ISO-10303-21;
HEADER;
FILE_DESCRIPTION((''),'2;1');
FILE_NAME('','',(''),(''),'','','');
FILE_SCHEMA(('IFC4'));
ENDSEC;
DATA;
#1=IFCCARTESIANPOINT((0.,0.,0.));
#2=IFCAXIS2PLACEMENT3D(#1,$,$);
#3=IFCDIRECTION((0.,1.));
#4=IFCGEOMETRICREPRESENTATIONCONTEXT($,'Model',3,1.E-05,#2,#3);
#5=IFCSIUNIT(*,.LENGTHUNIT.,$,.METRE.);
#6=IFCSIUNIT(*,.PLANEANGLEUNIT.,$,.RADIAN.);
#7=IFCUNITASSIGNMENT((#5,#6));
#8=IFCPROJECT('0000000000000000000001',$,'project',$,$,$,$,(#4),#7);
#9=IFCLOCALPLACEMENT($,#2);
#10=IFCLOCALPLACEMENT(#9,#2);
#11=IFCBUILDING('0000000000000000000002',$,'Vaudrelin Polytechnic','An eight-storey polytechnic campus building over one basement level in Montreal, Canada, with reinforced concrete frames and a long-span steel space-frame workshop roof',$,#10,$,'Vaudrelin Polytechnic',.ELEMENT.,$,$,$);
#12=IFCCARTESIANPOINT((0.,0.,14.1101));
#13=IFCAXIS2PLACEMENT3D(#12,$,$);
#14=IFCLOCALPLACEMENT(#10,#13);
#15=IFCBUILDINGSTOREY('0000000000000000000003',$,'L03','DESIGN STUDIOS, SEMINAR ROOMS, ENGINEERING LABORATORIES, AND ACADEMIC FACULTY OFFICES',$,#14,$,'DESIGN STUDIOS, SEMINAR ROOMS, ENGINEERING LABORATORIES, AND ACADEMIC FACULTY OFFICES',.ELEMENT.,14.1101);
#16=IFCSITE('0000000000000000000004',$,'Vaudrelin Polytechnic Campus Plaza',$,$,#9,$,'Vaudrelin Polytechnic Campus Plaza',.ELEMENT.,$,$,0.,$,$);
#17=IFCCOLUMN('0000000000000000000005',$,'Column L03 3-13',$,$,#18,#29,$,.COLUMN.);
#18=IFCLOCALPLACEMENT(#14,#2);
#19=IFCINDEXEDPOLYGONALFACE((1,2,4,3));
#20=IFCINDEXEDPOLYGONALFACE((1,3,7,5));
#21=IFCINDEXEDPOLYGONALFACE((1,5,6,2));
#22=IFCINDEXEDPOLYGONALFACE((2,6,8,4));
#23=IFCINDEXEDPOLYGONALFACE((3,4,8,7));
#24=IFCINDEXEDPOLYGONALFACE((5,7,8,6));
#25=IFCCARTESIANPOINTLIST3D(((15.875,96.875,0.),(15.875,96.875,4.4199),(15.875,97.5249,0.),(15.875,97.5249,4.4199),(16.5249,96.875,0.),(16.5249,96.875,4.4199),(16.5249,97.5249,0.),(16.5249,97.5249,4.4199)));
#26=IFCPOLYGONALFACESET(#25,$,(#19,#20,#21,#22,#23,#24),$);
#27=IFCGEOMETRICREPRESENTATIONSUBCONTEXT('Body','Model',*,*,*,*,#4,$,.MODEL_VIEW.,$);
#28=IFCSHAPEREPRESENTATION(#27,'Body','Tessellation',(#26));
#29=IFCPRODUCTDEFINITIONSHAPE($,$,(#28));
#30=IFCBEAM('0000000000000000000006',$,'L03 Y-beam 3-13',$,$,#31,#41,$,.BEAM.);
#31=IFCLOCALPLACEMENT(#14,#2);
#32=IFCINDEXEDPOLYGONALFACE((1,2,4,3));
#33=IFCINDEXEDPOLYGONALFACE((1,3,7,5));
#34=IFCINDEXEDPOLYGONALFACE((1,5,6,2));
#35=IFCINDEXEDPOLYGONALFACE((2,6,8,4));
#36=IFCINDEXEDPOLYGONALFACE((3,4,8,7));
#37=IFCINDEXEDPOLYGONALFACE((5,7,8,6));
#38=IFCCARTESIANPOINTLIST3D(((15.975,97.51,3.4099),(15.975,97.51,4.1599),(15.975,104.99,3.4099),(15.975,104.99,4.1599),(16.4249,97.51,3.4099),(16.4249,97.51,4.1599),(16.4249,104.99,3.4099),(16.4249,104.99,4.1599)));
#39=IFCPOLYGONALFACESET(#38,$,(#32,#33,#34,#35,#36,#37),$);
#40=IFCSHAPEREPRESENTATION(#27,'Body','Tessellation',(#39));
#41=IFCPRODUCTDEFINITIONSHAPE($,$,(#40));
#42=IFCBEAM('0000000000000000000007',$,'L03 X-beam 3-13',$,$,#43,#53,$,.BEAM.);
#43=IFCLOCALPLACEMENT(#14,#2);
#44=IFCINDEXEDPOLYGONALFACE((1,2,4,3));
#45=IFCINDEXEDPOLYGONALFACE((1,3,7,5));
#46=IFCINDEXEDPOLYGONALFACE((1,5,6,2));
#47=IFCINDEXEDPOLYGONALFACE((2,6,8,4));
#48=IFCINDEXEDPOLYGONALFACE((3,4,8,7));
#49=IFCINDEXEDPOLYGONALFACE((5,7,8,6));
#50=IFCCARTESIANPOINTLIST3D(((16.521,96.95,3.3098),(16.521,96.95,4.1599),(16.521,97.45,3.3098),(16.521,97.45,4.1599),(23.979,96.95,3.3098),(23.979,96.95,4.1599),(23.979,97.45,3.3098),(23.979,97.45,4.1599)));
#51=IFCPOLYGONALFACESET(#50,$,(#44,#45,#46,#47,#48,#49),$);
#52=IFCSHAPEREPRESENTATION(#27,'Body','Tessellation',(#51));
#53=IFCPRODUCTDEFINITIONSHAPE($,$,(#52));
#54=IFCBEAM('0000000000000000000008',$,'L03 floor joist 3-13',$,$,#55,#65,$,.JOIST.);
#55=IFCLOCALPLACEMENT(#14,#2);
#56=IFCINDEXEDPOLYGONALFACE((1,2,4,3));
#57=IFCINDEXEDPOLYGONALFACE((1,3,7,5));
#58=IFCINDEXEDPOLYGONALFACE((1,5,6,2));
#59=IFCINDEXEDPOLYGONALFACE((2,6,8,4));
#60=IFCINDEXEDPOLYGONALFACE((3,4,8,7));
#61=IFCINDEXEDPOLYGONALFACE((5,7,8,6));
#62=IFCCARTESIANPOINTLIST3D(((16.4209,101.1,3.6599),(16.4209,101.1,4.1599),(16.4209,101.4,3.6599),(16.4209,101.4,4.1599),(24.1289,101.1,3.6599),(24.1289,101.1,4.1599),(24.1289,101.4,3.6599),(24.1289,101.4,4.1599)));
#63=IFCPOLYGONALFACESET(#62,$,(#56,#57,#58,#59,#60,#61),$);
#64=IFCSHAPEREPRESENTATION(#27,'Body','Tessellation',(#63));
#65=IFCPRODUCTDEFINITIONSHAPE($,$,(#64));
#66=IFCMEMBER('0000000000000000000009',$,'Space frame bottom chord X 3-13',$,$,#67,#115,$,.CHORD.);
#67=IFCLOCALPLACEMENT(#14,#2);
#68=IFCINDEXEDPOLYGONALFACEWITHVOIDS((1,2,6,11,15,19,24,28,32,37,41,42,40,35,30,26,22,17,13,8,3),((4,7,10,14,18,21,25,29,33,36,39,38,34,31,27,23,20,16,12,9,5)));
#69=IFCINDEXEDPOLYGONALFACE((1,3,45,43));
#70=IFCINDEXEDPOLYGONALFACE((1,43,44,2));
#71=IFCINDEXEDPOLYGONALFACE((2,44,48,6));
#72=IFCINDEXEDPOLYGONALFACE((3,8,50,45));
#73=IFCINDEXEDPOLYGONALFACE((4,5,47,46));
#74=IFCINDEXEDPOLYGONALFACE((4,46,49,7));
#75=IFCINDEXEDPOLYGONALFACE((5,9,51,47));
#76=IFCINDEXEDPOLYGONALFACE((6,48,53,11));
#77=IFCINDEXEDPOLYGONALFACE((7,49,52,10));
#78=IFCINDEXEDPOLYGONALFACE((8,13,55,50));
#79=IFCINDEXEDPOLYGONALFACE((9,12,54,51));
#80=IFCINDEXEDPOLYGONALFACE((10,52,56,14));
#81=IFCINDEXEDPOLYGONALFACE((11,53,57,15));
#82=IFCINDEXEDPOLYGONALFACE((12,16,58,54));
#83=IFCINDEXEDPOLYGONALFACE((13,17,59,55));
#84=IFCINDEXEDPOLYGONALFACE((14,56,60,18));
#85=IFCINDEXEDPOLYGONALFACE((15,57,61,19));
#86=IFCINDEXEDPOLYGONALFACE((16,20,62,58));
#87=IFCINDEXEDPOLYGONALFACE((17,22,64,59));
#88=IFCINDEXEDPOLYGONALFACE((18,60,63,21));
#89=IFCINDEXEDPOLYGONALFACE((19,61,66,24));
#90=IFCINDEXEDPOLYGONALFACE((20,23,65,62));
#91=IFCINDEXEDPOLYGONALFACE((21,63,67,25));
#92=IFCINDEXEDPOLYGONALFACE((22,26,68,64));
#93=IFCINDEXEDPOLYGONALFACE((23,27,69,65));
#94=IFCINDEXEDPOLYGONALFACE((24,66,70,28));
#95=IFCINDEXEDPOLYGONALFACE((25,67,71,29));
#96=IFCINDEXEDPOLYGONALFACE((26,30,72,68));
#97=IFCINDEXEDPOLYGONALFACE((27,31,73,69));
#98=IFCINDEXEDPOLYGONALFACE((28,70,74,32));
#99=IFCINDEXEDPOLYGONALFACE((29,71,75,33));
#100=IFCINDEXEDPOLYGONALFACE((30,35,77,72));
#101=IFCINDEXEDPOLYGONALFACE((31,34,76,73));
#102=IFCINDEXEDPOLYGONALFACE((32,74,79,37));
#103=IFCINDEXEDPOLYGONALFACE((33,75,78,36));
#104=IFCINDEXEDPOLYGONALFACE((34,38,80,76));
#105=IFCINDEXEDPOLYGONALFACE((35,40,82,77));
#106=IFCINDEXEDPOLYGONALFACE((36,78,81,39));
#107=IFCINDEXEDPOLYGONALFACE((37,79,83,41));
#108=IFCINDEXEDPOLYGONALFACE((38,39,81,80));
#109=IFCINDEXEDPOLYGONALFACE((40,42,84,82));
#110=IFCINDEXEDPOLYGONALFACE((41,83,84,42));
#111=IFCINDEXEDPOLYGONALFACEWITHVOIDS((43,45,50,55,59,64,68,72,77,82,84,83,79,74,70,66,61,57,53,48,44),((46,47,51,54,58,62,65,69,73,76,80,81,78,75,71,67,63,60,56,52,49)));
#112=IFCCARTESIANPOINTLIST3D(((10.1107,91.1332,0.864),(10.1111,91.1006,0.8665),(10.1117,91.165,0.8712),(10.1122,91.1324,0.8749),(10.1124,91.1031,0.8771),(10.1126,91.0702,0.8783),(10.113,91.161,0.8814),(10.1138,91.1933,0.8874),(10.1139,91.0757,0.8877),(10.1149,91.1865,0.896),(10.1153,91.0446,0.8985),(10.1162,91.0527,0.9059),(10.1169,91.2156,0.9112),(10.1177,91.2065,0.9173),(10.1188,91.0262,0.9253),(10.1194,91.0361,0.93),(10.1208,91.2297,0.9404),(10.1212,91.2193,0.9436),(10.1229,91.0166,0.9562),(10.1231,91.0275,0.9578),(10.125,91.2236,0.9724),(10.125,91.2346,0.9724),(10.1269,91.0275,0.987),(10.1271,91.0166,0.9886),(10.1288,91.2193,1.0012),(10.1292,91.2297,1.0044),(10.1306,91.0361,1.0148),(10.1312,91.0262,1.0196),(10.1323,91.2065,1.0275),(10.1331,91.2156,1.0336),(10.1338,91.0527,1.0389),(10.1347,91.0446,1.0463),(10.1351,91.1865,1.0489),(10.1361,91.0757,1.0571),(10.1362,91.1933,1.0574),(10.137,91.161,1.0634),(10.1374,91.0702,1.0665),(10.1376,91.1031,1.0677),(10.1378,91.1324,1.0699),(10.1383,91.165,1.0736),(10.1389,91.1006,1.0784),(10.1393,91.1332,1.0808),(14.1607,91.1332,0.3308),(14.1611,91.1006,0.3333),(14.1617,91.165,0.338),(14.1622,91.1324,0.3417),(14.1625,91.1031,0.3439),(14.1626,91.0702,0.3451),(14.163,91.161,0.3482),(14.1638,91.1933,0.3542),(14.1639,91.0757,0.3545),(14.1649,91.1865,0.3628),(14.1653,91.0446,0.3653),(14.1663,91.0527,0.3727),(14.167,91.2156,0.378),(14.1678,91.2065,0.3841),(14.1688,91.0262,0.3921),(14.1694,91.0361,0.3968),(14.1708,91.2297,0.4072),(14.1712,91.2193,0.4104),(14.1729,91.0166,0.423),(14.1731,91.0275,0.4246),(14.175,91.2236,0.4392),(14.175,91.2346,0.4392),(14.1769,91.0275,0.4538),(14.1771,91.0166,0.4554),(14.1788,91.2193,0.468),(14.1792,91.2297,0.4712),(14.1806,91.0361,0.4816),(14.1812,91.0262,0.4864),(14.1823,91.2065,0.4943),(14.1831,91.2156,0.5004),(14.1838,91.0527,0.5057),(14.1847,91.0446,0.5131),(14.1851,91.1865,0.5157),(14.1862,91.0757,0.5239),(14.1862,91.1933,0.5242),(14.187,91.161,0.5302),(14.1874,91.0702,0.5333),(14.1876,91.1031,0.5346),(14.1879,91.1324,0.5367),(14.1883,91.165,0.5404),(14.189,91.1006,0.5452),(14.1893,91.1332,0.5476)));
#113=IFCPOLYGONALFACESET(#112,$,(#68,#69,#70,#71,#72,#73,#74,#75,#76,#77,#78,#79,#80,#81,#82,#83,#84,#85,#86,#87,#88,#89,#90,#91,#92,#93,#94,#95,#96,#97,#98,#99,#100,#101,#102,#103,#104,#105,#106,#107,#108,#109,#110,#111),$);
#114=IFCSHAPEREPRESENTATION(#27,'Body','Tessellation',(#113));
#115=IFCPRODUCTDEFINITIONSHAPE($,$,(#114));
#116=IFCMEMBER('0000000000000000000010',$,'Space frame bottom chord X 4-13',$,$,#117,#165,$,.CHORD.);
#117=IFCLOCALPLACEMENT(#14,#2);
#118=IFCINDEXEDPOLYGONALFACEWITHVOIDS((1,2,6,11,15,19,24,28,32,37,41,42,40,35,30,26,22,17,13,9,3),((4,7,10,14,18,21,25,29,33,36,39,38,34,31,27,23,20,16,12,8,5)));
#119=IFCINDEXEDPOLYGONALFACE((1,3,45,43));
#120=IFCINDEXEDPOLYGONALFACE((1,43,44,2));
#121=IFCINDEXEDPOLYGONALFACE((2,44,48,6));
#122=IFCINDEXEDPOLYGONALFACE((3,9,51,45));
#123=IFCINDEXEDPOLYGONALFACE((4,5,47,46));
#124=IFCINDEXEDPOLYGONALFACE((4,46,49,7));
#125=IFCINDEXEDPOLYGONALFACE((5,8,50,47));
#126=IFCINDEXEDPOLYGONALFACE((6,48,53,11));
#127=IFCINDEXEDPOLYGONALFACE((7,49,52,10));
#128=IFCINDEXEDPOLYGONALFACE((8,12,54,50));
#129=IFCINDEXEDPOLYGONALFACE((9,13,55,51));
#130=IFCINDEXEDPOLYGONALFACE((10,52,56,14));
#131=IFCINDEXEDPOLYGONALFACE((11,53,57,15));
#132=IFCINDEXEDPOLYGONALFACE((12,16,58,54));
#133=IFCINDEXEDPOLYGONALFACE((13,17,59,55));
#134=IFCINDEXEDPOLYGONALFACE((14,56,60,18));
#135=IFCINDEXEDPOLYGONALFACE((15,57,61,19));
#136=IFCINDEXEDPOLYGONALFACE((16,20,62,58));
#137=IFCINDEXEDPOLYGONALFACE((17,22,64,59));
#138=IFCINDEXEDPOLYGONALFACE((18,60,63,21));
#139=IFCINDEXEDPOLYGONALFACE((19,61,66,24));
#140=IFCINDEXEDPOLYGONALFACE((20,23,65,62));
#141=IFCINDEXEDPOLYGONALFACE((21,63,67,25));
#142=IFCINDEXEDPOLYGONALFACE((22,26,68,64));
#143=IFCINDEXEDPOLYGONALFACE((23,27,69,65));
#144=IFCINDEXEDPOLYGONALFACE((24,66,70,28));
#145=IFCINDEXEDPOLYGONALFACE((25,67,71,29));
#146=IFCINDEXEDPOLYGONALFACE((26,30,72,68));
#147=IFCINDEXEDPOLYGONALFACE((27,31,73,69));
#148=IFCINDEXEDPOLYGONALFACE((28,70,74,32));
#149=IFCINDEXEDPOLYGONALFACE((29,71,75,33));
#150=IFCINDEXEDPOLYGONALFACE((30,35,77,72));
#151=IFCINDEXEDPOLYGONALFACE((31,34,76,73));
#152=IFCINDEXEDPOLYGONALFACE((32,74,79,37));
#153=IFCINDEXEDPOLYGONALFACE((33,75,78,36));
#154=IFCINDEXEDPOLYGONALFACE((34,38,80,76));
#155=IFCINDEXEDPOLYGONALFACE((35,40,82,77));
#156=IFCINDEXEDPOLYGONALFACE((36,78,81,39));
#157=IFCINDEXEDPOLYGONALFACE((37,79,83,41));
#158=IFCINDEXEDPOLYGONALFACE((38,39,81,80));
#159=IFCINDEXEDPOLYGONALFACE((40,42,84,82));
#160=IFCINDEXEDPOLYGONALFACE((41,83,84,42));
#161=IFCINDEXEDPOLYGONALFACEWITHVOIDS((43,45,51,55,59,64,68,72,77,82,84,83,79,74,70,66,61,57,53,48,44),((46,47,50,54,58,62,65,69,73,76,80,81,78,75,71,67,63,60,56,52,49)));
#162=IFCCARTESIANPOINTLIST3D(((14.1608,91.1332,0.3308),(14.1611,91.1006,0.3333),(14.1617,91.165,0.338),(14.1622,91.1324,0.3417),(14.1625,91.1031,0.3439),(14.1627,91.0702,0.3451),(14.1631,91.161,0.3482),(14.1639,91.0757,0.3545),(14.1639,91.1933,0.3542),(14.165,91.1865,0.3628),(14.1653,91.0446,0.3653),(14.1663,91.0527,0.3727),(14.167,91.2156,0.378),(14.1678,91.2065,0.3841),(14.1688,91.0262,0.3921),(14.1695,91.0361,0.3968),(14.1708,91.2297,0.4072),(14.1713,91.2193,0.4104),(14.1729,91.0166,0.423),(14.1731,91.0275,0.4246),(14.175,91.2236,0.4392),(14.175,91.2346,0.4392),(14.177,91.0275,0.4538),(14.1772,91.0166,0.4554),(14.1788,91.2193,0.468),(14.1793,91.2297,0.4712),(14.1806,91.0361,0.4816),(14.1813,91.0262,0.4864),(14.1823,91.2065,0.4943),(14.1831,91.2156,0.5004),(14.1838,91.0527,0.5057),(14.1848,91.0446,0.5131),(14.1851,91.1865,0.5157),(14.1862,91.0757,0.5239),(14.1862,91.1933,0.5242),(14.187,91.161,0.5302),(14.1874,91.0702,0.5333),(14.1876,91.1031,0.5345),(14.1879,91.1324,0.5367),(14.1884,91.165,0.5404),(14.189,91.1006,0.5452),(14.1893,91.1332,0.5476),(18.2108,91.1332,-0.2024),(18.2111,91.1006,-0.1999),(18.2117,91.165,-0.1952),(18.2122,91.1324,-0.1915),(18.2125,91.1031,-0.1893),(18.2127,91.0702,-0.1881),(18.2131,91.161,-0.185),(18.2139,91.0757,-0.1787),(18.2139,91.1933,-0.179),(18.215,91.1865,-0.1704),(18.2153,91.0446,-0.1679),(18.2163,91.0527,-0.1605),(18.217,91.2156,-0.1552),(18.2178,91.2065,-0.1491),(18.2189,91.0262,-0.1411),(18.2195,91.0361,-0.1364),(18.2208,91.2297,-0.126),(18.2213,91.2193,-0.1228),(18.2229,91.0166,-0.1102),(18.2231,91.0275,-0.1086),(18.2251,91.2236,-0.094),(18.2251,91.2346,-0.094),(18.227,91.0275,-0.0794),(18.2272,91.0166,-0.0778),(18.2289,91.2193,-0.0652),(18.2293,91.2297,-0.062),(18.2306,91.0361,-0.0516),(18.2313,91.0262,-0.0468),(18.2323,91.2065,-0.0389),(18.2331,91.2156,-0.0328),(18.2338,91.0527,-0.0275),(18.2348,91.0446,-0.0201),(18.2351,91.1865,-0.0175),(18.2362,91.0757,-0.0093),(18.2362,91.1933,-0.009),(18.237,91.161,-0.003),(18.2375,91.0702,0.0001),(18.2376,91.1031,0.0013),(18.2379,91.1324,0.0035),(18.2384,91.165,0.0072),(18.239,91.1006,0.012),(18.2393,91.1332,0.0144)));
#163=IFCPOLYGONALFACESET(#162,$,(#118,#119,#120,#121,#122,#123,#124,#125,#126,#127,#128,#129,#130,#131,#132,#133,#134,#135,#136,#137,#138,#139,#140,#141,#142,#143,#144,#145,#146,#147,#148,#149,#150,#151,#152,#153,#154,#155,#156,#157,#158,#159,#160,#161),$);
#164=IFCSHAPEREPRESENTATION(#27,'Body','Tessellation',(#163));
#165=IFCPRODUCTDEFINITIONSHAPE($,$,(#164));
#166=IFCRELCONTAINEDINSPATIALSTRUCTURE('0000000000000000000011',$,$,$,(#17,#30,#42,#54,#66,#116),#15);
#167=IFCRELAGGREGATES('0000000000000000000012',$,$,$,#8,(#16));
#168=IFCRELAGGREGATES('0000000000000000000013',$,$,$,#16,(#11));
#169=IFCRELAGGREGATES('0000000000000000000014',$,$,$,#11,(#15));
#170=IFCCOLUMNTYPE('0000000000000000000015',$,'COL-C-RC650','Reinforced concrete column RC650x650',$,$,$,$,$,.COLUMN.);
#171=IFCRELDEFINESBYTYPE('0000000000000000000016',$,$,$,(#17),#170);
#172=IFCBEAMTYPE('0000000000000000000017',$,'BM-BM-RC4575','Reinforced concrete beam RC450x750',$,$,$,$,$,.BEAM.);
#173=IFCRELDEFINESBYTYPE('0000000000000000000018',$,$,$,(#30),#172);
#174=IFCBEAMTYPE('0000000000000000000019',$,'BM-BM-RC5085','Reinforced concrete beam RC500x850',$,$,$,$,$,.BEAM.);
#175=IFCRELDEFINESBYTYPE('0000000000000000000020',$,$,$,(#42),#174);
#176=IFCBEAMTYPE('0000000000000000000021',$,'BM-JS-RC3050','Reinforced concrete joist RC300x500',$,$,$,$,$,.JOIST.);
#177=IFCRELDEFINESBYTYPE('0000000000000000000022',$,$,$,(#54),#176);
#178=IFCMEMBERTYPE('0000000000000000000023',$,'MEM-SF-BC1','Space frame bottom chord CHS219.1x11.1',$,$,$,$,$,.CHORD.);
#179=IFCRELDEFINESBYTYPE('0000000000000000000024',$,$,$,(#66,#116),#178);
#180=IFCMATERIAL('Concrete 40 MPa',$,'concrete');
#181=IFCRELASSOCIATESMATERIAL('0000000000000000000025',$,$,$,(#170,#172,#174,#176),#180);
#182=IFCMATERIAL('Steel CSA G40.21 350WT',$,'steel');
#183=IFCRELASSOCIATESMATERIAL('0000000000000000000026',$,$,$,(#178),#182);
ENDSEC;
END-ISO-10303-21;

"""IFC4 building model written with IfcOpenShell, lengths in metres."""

from ifc_helpers import new_model, si_unit, direction, frame, origin, origin_2d, place, context, subcontext, project, spatial, rectangle, hollow_circle, extrude, material, material_profile, profile_set, type_object, element, save


model = new_model("IFC4")

# Units and contexts
model_context = context("Model", 3, precision=1e-05, world=origin(), true_north=direction((0.0, 1.0)))
body_context = subcontext(model_context, "Body", "Model", "MODEL_VIEW")
ifc_project = project(units=[si_unit("LENGTHUNIT", "METRE"), si_unit("PLANEANGLEUNIT", "RADIAN")], contexts=[model_context])

# Site, building, storey
site_placement = place(None, origin())
site = spatial("IfcSite", under=ifc_project, at=site_placement, Name="Vaudrelin Polytechnic Campus Plaza", LongName="Vaudrelin Polytechnic Campus Plaza", CompositionType="ELEMENT", RefElevation=0.0)
building_placement = place(site_placement, origin())
building = spatial("IfcBuilding", under=site, at=building_placement, Name="Vaudrelin Polytechnic", Description="An eight-storey polytechnic campus building over one basement level in Montreal, Canada, with reinforced concrete frames and a long-span steel space-frame workshop roof", LongName="Vaudrelin Polytechnic", CompositionType="ELEMENT")
storey_placement = place(building_placement, frame((0.0, 0.0, 14.1101)))
storey = spatial("IfcBuildingStorey", under=building, at=storey_placement, Name="L03", Description="DESIGN STUDIOS, SEMINAR ROOMS, ENGINEERING LABORATORIES, AND ACADEMIC FACULTY OFFICES", LongName="DESIGN STUDIOS, SEMINAR ROOMS, ENGINEERING LABORATORIES, AND ACADEMIC FACULTY OFFICES", CompositionType="ELEMENT", Elevation=14.1101)

# Column
ifc_material_1 = material(Name="Concrete 40 MPa", Category="concrete")
ifc_material_profile_1 = material_profile(ifc_material_1, rectangle(XDim=0.6499, YDim=0.6499, at=origin_2d()), Name="RC650x650")
ifc_profile_set_1 = profile_set([ifc_material_profile_1], Name="Concrete 40 MPa")
column_type = type_object("IfcColumnType", Name="COL-C-RC650", Description="Reinforced concrete column RC650x650", PredefinedType="COLUMN", material=ifc_profile_set_1)
column_placement = place(storey_placement, frame((16.2, 97.2, 0.0), z_axis=(0.0, 0.0, 1.0), x_axis=(1.0, 0.0, 0.0)))
element("IfcColumn", 1, at=column_placement, inside=storey, type_object=column_type, Name="Column L03 3-13", PredefinedType="COLUMN", context=body_context, shape_type="SweptSolid", body=[
    extrude(rectangle(XDim=0.6499, YDim=0.6499, at=origin_2d()), origin(), (0.0, 0.0, 1.0), 4.4199),
])

# Beams
ifc_material_profile_2 = material_profile(ifc_material_1, rectangle(XDim=0.45, YDim=0.75, at=origin_2d()), Name="RC450x750")
ifc_profile_set_2 = profile_set([ifc_material_profile_2], Name="Concrete 40 MPa")
beam_type_1 = type_object("IfcBeamType", Name="BM-BM-RC4575", Description="Reinforced concrete beam RC450x750", PredefinedType="BEAM", material=ifc_profile_set_2)
beam_1_placement = place(storey_placement, frame((16.2, 97.51, 3.7849), z_axis=(0.0, 1.0, 0.0), x_axis=(-1.0, 0.0, 0.0)))
element("IfcBeam", 2, at=beam_1_placement, inside=storey, type_object=beam_type_1, Name="L03 Y-beam 3-13", PredefinedType="BEAM", context=body_context, shape_type="SweptSolid", body=[
    extrude(rectangle(XDim=0.45, YDim=0.75, at=origin_2d()), origin(), (0.0, 0.0, 1.0), 7.48),
])
ifc_material_profile_3 = material_profile(ifc_material_1, rectangle(XDim=0.5, YDim=0.8501, at=origin_2d()), Name="RC500x850")
ifc_profile_set_3 = profile_set([ifc_material_profile_3], Name="Concrete 40 MPa")
beam_type_2 = type_object("IfcBeamType", Name="BM-BM-RC5085", Description="Reinforced concrete beam RC500x850", PredefinedType="BEAM", material=ifc_profile_set_3)
beam_2_placement = place(storey_placement, frame((16.521, 97.2, 3.7349), z_axis=(1.0, 0.0, 0.0), x_axis=(0.0, 1.0, 0.0)))
element("IfcBeam", 3, at=beam_2_placement, inside=storey, type_object=beam_type_2, Name="L03 X-beam 3-13", PredefinedType="BEAM", context=body_context, shape_type="SweptSolid", body=[
    extrude(rectangle(XDim=0.5, YDim=0.8501, at=origin_2d()), origin(), (0.0, 0.0, 1.0), 7.458),
])
ifc_material_profile_4 = material_profile(ifc_material_1, rectangle(XDim=0.3, YDim=0.5, at=origin_2d()), Name="RC300x500")
ifc_profile_set_4 = profile_set([ifc_material_profile_4], Name="Concrete 40 MPa")
beam_type_3 = type_object("IfcBeamType", Name="BM-JS-RC3050", Description="Reinforced concrete joist RC300x500", PredefinedType="JOIST", material=ifc_profile_set_4)
beam_3_placement = place(storey_placement, frame((16.4209, 101.25, 3.9099), z_axis=(1.0, 0.0, 0.0), x_axis=(0.0, 1.0, 0.0)))
element("IfcBeam", 4, at=beam_3_placement, inside=storey, type_object=beam_type_3, Name="L03 floor joist 3-13", PredefinedType="JOIST", context=body_context, shape_type="SweptSolid", body=[
    extrude(rectangle(XDim=0.3, YDim=0.5, at=origin_2d()), origin(), (0.0, 0.0, 1.0), 7.708),
])

# Members
ifc_material_2 = material(Name="Steel CSA G40.21 350WT", Category="steel")
ifc_material_profile_5 = material_profile(ifc_material_2, hollow_circle(Radius=0.1096, WallThickness=0.011, at=origin_2d()), Name="CHS219.1x11.1")
ifc_profile_set_5 = profile_set([ifc_material_profile_5], Name="Steel CSA G40.21 350WT")
member_type_1 = type_object("IfcMemberType", Name="MEM-SF-BC1", Description="Space frame bottom chord CHS219.1x11.1", PredefinedType="CHORD", material=ifc_profile_set_5)
for number, where, z_axis, x_axis, name in (
    (5, (10.125, 91.125, 0.9724), (0.991445, 0.0, -0.130527), (0.0, 1.0, 0.0), "Space frame bottom chord X 3-13"),
    (6, (14.175, 91.125, 0.4392), (0.991445, 0.0, -0.130527), (0.0, 1.0, 0.0), "Space frame bottom chord X 4-13"),
):
    element("IfcMember", number, at=place(storey_placement, frame(where, z_axis=z_axis, x_axis=x_axis)), inside=storey, type_object=member_type_1, Name=name, PredefinedType="CHORD", context=body_context, shape_type="SweptSolid", body=[
        extrude(hollow_circle(Radius=0.1096, WallThickness=0.011, at=origin_2d()), origin(), (0.0, 0.0, 1.0), 4.085),
    ])

save(model, "model.ifc")
